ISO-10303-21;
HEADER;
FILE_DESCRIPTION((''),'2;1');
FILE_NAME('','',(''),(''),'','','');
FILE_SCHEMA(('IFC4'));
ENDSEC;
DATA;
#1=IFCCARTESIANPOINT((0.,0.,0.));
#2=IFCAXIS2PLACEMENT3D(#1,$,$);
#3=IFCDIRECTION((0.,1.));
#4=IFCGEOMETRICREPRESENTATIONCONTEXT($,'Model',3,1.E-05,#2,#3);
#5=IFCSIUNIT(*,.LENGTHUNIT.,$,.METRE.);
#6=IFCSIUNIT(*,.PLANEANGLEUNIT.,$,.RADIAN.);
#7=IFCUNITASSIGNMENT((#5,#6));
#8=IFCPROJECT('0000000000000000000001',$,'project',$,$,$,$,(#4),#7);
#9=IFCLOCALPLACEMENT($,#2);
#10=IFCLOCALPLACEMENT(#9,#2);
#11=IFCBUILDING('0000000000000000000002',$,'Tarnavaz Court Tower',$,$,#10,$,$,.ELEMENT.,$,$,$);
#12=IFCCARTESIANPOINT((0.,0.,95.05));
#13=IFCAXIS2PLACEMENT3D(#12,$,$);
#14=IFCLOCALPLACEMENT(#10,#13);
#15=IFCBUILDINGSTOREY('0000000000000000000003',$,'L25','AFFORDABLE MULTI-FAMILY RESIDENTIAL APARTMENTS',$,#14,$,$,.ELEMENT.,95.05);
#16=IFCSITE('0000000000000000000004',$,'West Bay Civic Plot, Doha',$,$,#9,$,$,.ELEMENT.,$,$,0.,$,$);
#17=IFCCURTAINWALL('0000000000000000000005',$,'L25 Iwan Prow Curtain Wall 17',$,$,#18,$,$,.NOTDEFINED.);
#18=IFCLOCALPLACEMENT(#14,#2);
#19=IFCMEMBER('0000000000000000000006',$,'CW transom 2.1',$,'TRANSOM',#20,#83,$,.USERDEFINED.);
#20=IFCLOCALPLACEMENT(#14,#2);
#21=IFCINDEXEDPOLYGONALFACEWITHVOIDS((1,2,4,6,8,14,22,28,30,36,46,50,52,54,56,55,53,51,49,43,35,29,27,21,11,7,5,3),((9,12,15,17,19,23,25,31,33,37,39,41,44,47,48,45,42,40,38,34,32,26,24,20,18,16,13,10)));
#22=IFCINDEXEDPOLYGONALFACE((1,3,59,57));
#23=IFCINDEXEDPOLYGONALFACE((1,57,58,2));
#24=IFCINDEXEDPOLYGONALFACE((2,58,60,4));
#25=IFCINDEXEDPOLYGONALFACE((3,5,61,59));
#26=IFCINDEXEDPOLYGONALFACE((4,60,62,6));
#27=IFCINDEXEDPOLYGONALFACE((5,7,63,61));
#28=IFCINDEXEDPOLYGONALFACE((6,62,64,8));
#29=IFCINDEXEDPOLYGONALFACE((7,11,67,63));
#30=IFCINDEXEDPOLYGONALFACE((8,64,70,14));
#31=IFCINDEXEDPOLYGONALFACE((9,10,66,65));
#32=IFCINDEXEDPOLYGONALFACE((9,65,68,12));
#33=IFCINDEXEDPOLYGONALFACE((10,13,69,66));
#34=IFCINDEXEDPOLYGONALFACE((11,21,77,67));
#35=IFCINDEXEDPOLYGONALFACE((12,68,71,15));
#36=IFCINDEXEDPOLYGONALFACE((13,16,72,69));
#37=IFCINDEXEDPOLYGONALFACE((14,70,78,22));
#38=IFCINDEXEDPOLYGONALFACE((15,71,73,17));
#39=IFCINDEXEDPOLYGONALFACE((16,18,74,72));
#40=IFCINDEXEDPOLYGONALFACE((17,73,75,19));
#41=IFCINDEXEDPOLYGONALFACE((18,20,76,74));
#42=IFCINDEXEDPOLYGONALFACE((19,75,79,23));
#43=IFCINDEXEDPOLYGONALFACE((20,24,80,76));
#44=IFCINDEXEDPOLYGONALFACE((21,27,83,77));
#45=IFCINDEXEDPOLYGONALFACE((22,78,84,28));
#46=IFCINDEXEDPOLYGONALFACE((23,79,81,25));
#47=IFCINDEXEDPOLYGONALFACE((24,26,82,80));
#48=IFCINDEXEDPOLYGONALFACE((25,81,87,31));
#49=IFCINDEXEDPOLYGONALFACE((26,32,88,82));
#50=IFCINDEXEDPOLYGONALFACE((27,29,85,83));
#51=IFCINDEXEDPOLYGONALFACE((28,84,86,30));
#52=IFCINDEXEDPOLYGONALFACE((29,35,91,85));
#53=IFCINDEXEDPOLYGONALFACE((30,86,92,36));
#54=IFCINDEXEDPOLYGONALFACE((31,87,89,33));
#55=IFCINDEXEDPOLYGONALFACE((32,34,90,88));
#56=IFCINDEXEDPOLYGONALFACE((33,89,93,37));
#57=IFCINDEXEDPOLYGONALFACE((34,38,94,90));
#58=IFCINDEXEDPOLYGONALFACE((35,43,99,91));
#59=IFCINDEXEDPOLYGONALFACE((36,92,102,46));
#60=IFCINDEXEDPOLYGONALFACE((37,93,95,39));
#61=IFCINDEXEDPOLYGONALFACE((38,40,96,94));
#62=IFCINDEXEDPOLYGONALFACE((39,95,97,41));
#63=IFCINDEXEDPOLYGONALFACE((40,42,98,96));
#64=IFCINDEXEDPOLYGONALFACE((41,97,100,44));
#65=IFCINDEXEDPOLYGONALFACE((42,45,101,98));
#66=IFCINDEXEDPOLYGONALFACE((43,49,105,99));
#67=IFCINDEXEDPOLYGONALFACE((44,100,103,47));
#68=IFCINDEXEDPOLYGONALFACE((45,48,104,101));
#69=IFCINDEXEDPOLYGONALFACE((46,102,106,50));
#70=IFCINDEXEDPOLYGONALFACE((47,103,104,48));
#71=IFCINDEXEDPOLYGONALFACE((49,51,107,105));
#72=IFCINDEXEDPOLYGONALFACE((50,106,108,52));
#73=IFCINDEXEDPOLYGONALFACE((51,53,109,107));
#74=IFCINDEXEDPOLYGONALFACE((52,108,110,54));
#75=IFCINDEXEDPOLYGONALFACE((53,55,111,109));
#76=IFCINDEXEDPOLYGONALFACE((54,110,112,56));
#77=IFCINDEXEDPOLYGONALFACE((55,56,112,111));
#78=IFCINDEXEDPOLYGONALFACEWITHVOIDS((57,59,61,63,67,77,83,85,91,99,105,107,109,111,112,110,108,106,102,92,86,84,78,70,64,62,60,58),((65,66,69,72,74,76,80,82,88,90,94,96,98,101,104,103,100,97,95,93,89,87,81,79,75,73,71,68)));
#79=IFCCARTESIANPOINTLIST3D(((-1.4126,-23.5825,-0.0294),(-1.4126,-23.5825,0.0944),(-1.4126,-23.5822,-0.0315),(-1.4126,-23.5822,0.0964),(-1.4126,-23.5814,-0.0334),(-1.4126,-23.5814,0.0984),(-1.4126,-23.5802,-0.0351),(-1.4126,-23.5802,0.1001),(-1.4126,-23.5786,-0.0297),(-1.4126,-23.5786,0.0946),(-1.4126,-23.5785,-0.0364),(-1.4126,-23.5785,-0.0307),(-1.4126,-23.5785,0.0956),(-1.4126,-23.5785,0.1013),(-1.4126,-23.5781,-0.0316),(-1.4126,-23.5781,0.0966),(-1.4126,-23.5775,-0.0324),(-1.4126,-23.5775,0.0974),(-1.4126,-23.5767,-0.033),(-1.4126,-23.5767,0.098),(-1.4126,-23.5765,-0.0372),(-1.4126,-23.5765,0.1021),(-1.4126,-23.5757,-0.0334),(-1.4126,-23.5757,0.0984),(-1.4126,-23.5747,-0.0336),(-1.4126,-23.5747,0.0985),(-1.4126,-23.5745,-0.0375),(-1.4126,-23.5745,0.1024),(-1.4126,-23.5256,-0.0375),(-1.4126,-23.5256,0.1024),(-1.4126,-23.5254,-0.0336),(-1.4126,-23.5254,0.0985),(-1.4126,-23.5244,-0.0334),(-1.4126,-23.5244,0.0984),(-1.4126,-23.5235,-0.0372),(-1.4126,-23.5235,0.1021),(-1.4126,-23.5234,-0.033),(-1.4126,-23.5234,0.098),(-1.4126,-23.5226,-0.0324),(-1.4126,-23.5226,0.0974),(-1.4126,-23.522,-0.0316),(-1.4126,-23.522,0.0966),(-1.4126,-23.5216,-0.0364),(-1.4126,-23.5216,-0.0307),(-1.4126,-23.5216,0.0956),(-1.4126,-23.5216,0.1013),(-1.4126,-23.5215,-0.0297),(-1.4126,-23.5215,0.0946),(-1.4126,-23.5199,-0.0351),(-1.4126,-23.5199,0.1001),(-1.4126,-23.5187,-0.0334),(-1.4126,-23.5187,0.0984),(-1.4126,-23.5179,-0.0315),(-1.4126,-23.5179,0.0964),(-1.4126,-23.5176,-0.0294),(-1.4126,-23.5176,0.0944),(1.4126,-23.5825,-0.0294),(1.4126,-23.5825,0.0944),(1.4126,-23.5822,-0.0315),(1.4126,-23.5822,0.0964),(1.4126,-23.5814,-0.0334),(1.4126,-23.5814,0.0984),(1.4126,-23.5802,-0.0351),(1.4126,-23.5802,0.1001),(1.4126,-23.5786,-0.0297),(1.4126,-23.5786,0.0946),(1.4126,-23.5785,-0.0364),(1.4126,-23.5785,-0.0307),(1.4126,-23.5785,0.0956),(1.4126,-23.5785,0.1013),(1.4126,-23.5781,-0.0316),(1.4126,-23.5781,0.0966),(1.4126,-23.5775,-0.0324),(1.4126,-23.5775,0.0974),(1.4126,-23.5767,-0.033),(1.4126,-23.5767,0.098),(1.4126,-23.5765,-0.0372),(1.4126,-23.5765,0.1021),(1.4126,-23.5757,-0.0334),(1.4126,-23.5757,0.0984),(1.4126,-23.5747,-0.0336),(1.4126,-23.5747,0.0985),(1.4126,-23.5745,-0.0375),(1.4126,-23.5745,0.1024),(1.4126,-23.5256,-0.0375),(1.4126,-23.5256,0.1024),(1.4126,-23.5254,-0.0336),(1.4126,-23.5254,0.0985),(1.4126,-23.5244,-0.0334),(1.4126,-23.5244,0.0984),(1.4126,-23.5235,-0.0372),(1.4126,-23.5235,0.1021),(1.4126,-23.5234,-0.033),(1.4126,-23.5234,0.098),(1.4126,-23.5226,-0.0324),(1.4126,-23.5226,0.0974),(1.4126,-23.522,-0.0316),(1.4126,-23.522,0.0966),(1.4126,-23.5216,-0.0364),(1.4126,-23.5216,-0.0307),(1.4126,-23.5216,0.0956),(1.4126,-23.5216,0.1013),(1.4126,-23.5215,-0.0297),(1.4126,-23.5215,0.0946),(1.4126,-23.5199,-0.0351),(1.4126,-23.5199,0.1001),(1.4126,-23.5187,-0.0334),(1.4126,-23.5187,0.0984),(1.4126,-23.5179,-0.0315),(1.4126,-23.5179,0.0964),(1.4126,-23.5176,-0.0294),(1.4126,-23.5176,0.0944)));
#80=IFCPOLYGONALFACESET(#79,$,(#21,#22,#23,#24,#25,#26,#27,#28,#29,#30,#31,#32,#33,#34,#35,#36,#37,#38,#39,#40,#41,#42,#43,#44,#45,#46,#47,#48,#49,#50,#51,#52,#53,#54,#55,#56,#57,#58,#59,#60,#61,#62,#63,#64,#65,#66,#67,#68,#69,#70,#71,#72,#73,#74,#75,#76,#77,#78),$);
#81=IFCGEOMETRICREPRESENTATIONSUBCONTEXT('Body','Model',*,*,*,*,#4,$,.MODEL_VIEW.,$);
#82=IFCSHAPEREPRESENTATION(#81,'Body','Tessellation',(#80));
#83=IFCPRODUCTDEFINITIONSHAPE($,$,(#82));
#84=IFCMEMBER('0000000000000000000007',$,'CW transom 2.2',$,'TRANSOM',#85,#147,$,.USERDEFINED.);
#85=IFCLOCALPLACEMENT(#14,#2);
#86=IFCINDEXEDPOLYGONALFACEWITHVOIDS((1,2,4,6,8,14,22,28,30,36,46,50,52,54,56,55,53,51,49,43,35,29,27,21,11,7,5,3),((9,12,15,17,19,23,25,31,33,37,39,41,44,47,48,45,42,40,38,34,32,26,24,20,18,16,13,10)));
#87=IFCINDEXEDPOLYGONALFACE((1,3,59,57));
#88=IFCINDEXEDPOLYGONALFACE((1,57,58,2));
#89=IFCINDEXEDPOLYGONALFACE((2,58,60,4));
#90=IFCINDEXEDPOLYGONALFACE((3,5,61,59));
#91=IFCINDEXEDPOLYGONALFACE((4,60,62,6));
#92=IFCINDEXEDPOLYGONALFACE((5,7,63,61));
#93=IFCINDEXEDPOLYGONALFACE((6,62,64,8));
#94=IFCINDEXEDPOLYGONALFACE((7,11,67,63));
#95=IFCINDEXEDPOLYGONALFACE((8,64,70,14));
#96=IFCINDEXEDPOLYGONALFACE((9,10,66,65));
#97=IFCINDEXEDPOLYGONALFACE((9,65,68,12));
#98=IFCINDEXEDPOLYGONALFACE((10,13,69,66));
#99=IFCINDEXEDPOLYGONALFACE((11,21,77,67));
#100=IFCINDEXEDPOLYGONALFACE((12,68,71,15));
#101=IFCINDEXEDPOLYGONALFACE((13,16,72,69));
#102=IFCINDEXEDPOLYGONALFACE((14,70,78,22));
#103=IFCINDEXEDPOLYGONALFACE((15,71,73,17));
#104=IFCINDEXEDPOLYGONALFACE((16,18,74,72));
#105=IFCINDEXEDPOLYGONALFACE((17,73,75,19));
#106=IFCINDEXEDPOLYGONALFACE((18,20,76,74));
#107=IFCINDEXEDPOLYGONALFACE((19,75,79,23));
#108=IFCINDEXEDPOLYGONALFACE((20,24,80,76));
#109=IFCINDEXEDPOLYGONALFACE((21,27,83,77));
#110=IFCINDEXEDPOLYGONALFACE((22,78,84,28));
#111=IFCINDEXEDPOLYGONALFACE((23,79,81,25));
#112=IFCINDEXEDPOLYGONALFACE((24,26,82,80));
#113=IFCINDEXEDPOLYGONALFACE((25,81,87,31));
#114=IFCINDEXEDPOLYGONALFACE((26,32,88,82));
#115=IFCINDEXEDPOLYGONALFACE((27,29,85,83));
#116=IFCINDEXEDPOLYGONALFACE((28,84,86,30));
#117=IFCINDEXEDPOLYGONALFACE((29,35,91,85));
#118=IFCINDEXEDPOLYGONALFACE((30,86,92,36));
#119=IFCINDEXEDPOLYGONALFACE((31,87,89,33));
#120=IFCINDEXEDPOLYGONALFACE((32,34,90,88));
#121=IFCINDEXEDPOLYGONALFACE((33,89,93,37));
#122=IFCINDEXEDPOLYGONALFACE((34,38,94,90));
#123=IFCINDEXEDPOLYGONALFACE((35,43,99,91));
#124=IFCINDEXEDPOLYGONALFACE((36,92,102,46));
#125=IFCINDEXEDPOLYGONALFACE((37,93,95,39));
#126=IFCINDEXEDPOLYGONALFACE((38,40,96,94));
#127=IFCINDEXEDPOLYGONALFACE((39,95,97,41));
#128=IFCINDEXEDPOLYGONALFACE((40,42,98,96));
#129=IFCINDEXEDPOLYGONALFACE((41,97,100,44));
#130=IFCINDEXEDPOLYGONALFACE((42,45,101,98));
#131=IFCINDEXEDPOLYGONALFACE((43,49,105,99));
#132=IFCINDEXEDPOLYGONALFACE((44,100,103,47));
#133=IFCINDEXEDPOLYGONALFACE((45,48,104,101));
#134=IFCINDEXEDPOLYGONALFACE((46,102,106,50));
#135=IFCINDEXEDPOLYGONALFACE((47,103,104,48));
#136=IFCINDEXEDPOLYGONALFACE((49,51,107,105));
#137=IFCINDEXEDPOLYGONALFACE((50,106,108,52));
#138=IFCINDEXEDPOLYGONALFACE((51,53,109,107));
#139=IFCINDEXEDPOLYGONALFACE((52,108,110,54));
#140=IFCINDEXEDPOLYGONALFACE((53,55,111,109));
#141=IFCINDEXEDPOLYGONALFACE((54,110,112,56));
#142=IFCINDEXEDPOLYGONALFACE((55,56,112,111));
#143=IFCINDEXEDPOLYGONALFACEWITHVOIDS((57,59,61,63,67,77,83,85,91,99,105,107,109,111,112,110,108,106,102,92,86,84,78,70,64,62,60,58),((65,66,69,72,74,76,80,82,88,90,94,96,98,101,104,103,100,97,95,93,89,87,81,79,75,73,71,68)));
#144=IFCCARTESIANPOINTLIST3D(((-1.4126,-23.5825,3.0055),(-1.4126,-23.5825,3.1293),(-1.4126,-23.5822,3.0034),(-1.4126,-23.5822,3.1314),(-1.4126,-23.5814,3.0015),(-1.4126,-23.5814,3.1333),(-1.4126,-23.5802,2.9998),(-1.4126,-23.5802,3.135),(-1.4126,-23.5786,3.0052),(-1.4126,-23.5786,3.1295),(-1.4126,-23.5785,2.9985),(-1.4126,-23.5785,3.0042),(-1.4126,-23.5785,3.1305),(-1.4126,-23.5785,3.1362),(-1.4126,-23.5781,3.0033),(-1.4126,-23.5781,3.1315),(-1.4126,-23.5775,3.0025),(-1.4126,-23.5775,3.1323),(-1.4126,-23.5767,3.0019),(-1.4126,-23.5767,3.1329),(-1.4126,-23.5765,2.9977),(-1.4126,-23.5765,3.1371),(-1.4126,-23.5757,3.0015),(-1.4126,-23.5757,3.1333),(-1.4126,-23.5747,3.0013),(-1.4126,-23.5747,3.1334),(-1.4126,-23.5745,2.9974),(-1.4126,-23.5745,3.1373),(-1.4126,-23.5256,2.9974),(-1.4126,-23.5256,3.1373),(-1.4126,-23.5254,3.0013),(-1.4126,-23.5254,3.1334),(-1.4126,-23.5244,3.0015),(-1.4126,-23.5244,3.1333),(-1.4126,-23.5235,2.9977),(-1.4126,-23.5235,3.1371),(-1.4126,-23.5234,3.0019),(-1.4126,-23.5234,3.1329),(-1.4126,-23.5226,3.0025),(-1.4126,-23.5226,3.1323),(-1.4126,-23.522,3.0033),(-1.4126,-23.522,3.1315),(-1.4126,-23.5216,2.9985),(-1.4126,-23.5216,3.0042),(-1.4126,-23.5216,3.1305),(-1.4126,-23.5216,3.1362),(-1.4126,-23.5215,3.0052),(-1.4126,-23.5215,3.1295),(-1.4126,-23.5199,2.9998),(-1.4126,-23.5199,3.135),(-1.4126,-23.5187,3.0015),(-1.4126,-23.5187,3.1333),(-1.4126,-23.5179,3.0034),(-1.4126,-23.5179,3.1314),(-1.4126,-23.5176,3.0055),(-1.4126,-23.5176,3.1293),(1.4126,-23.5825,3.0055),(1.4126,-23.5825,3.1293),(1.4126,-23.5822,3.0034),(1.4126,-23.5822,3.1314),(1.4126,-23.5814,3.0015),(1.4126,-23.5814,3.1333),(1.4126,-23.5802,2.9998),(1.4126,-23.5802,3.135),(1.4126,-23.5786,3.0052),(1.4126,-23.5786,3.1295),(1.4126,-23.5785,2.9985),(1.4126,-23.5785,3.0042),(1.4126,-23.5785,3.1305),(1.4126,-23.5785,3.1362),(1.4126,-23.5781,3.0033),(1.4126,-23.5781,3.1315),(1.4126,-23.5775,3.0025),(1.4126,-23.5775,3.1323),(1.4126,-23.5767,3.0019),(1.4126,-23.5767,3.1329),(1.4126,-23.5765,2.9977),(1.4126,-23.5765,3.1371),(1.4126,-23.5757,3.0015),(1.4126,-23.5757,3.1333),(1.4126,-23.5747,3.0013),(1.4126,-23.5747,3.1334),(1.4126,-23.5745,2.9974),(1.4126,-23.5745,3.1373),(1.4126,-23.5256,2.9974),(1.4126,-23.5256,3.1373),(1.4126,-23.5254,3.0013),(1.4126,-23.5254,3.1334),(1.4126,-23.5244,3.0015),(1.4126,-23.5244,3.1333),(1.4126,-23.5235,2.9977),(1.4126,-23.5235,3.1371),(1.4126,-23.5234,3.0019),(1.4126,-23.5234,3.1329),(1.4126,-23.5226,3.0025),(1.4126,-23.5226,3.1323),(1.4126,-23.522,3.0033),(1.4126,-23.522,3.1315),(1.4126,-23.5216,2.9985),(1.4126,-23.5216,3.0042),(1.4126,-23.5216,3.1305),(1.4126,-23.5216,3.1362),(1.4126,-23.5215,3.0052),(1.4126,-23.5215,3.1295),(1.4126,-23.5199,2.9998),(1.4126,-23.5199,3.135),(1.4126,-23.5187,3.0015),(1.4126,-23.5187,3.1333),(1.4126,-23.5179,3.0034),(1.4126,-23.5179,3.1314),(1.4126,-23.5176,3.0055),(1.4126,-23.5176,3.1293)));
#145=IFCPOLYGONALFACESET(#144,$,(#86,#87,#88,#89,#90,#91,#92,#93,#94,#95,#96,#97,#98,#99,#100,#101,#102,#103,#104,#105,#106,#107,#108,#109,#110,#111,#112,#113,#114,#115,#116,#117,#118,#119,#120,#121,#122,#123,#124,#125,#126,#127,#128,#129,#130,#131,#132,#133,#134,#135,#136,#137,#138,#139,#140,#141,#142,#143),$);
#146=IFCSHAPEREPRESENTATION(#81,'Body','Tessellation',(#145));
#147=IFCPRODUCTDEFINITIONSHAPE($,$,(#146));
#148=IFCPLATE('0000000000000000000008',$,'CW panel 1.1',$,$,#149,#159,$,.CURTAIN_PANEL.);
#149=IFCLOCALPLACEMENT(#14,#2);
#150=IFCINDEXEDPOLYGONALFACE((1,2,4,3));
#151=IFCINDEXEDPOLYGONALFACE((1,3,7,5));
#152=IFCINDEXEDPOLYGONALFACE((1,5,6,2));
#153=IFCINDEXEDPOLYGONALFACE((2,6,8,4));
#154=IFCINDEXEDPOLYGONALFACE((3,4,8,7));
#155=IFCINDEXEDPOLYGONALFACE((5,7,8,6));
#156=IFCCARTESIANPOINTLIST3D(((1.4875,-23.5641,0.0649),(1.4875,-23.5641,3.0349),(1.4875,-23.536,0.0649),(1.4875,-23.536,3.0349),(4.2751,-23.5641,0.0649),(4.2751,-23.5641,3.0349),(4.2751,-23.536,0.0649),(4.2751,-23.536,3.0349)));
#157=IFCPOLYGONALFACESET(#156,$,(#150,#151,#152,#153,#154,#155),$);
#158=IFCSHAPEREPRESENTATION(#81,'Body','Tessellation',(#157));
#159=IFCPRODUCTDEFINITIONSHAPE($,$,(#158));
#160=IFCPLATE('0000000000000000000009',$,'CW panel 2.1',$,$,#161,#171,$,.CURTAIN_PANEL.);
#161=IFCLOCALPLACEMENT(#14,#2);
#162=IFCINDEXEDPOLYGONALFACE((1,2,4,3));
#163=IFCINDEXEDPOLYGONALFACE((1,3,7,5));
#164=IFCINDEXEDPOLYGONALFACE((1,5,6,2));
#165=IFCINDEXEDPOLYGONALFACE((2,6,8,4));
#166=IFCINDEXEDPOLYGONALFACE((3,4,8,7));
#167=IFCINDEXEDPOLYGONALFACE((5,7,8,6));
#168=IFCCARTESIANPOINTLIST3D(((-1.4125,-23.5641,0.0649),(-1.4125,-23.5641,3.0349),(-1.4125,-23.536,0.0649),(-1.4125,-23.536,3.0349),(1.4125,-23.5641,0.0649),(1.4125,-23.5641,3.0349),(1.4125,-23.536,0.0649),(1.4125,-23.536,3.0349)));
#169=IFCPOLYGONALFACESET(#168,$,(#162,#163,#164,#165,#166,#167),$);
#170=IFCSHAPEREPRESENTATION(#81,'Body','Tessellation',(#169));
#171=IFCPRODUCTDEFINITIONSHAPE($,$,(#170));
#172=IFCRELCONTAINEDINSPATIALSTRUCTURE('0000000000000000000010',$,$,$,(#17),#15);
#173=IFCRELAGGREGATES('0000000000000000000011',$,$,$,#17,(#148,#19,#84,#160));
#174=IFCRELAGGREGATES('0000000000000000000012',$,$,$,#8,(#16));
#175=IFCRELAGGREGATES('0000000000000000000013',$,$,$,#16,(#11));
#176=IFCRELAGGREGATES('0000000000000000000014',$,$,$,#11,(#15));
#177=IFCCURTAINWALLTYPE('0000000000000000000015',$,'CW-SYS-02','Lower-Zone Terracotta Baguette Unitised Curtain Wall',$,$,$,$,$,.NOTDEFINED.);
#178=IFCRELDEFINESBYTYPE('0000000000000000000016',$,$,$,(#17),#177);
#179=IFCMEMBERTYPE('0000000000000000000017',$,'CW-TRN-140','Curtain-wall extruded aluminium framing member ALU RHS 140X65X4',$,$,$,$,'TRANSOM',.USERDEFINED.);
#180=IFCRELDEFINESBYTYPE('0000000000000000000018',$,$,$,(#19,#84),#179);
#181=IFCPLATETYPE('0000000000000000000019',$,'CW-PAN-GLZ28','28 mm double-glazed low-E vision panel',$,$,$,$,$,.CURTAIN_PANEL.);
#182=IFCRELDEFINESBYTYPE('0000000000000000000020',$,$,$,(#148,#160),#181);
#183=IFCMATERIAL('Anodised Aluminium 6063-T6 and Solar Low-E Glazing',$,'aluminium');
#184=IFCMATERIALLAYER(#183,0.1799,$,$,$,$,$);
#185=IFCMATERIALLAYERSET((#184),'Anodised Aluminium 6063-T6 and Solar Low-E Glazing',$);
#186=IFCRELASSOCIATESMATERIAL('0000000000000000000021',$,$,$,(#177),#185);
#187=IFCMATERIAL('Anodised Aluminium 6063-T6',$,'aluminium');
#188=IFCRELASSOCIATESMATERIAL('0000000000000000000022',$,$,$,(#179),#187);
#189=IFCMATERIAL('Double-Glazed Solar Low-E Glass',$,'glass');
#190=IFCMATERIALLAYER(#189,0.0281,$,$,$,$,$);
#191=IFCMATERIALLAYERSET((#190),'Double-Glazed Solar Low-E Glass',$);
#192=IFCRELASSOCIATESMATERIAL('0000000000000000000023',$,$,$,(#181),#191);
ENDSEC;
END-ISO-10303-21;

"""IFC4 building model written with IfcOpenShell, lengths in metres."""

from ifc_helpers import new_model, si_unit, direction, frame, origin, origin_2d, place, context, subcontext, project, spatial, rectangle, hollow_rectangle, extrude, material, layer, layer_set, material_profile, profile_set, type_object, element, aggregate, save


model = new_model("IFC4")

# Units and contexts
model_context = context("Model", 3, precision=1e-05, world=origin(), true_north=direction((0.0, 1.0)))
body_context = subcontext(model_context, "Body", "Model", "MODEL_VIEW")
ifc_project = project(units=[si_unit("LENGTHUNIT", "METRE"), si_unit("PLANEANGLEUNIT", "RADIAN")], contexts=[model_context])

# Site, building, storey
site_placement = place(None, origin())
site = spatial("IfcSite", under=ifc_project, at=site_placement, Name="West Bay Civic Plot, Doha", CompositionType="ELEMENT", RefElevation=0.0)
building_placement = place(site_placement, origin())
building = spatial("IfcBuilding", under=site, at=building_placement, Name="Tarnavaz Court Tower", CompositionType="ELEMENT")
storey_placement = place(building_placement, frame((0.0, 0.0, 95.05)))
storey = spatial("IfcBuildingStorey", under=building, at=storey_placement, Name="L25", Description="AFFORDABLE MULTI-FAMILY RESIDENTIAL APARTMENTS", CompositionType="ELEMENT", Elevation=95.05)

# Curtain wall, members, plates
ifc_material_1 = material(Name="Anodised Aluminium 6063-T6 and Solar Low-E Glazing", Category="aluminium")
ifc_layer_1 = layer(ifc_material_1, 0.1799)
ifc_layer_set_1 = layer_set([ifc_layer_1], Name="Anodised Aluminium 6063-T6 and Solar Low-E Glazing")
curtain_wall_type = type_object("IfcCurtainWallType", Name="CW-SYS-02", Description="Lower-Zone Terracotta Baguette Unitised Curtain Wall", PredefinedType="NOTDEFINED", material=ifc_layer_set_1)
curtain_wall_placement = place(storey_placement, origin())
curtain_wall = element("IfcCurtainWall", 1, at=curtain_wall_placement, inside=storey, type_object=curtain_wall_type, Name="L25 Iwan Prow Curtain Wall 17", PredefinedType="NOTDEFINED")
ifc_material_2 = material(Name="Anodised Aluminium 6063-T6", Category="aluminium")
ifc_material_profile_1 = material_profile(ifc_material_2, hollow_rectangle(XDim=0.0649, YDim=0.1399, WallThickness=0.0039, InnerFilletRadius=0.0039, OuterFilletRadius=0.0081, at=origin_2d()), Name="ALU RHS 140X65X4")
ifc_profile_set_1 = profile_set([ifc_material_profile_1], Name="Anodised Aluminium 6063-T6")
member_type_1 = type_object("IfcMemberType", Name="CW-TRN-140", Description="Curtain-wall extruded aluminium framing member ALU RHS 140X65X4", ElementType="TRANSOM", PredefinedType="USERDEFINED", material=ifc_profile_set_1)
member_1_placement = place(storey_placement, frame((1.4126, -23.55, 0.0325), z_axis=(-1.0, 0.0, 0.0), x_axis=(0.0, -1.0, 0.0)))
member_1 = element("IfcMember", 2, at=member_1_placement, type_object=member_type_1, Name="CW transom 2.1", ObjectType="TRANSOM", PredefinedType="USERDEFINED", context=body_context, shape_type="SweptSolid", body=[
    extrude(hollow_rectangle(XDim=0.0649, YDim=0.1399, WallThickness=0.0039, InnerFilletRadius=0.0039, OuterFilletRadius=0.0081, at=origin_2d()), origin(), (0.0, 0.0, 1.0), 2.8252),
])
member_2_placement = place(storey_placement, frame((1.4126, -23.55, 3.0674), z_axis=(-1.0, 0.0, 0.0), x_axis=(0.0, -1.0, 0.0)))
member_2 = element("IfcMember", 3, at=member_2_placement, type_object=member_type_1, Name="CW transom 2.2", ObjectType="TRANSOM", PredefinedType="USERDEFINED", context=body_context, shape_type="SweptSolid", body=[
    extrude(hollow_rectangle(XDim=0.0649, YDim=0.1399, WallThickness=0.0039, InnerFilletRadius=0.0039, OuterFilletRadius=0.0081, at=origin_2d()), origin(), (0.0, 0.0, 1.0), 2.8252),
])
ifc_material_3 = material(Name="Double-Glazed Solar Low-E Glass", Category="glass")
ifc_layer_2 = layer(ifc_material_3, 0.0281)
ifc_layer_set_2 = layer_set([ifc_layer_2], Name="Double-Glazed Solar Low-E Glass")
plate_type = type_object("IfcPlateType", Name="CW-PAN-GLZ28", Description="28 mm double-glazed low-E vision panel", PredefinedType="CURTAIN_PANEL", material=ifc_layer_set_2)
plate_1_placement = place(storey_placement, frame((2.8813, -23.55, 0.0649), z_axis=(0.0, 0.0, 1.0), x_axis=(-1.0, 0.0, 0.0)))
plate_1 = element("IfcPlate", 4, at=plate_1_placement, type_object=plate_type, Name="CW panel 1.1", PredefinedType="CURTAIN_PANEL", context=body_context, shape_type="SweptSolid", body=[
    extrude(rectangle(XDim=2.7876, YDim=0.0281, at=origin_2d()), origin(), (0.0, 0.0, 1.0), 2.97),
])
plate_2_placement = place(storey_placement, frame((0.0, -23.55, 0.0649), z_axis=(0.0, 0.0, 1.0), x_axis=(-1.0, 0.0, 0.0)))
plate_2 = element("IfcPlate", 5, at=plate_2_placement, type_object=plate_type, Name="CW panel 2.1", PredefinedType="CURTAIN_PANEL", context=body_context, shape_type="SweptSolid", body=[
    extrude(rectangle(XDim=2.825, YDim=0.0281, at=origin_2d()), origin(), (0.0, 0.0, 1.0), 2.97),
])
aggregate(curtain_wall, [plate_1, member_1, member_2, plate_2])

save(model, "model.ifc")
